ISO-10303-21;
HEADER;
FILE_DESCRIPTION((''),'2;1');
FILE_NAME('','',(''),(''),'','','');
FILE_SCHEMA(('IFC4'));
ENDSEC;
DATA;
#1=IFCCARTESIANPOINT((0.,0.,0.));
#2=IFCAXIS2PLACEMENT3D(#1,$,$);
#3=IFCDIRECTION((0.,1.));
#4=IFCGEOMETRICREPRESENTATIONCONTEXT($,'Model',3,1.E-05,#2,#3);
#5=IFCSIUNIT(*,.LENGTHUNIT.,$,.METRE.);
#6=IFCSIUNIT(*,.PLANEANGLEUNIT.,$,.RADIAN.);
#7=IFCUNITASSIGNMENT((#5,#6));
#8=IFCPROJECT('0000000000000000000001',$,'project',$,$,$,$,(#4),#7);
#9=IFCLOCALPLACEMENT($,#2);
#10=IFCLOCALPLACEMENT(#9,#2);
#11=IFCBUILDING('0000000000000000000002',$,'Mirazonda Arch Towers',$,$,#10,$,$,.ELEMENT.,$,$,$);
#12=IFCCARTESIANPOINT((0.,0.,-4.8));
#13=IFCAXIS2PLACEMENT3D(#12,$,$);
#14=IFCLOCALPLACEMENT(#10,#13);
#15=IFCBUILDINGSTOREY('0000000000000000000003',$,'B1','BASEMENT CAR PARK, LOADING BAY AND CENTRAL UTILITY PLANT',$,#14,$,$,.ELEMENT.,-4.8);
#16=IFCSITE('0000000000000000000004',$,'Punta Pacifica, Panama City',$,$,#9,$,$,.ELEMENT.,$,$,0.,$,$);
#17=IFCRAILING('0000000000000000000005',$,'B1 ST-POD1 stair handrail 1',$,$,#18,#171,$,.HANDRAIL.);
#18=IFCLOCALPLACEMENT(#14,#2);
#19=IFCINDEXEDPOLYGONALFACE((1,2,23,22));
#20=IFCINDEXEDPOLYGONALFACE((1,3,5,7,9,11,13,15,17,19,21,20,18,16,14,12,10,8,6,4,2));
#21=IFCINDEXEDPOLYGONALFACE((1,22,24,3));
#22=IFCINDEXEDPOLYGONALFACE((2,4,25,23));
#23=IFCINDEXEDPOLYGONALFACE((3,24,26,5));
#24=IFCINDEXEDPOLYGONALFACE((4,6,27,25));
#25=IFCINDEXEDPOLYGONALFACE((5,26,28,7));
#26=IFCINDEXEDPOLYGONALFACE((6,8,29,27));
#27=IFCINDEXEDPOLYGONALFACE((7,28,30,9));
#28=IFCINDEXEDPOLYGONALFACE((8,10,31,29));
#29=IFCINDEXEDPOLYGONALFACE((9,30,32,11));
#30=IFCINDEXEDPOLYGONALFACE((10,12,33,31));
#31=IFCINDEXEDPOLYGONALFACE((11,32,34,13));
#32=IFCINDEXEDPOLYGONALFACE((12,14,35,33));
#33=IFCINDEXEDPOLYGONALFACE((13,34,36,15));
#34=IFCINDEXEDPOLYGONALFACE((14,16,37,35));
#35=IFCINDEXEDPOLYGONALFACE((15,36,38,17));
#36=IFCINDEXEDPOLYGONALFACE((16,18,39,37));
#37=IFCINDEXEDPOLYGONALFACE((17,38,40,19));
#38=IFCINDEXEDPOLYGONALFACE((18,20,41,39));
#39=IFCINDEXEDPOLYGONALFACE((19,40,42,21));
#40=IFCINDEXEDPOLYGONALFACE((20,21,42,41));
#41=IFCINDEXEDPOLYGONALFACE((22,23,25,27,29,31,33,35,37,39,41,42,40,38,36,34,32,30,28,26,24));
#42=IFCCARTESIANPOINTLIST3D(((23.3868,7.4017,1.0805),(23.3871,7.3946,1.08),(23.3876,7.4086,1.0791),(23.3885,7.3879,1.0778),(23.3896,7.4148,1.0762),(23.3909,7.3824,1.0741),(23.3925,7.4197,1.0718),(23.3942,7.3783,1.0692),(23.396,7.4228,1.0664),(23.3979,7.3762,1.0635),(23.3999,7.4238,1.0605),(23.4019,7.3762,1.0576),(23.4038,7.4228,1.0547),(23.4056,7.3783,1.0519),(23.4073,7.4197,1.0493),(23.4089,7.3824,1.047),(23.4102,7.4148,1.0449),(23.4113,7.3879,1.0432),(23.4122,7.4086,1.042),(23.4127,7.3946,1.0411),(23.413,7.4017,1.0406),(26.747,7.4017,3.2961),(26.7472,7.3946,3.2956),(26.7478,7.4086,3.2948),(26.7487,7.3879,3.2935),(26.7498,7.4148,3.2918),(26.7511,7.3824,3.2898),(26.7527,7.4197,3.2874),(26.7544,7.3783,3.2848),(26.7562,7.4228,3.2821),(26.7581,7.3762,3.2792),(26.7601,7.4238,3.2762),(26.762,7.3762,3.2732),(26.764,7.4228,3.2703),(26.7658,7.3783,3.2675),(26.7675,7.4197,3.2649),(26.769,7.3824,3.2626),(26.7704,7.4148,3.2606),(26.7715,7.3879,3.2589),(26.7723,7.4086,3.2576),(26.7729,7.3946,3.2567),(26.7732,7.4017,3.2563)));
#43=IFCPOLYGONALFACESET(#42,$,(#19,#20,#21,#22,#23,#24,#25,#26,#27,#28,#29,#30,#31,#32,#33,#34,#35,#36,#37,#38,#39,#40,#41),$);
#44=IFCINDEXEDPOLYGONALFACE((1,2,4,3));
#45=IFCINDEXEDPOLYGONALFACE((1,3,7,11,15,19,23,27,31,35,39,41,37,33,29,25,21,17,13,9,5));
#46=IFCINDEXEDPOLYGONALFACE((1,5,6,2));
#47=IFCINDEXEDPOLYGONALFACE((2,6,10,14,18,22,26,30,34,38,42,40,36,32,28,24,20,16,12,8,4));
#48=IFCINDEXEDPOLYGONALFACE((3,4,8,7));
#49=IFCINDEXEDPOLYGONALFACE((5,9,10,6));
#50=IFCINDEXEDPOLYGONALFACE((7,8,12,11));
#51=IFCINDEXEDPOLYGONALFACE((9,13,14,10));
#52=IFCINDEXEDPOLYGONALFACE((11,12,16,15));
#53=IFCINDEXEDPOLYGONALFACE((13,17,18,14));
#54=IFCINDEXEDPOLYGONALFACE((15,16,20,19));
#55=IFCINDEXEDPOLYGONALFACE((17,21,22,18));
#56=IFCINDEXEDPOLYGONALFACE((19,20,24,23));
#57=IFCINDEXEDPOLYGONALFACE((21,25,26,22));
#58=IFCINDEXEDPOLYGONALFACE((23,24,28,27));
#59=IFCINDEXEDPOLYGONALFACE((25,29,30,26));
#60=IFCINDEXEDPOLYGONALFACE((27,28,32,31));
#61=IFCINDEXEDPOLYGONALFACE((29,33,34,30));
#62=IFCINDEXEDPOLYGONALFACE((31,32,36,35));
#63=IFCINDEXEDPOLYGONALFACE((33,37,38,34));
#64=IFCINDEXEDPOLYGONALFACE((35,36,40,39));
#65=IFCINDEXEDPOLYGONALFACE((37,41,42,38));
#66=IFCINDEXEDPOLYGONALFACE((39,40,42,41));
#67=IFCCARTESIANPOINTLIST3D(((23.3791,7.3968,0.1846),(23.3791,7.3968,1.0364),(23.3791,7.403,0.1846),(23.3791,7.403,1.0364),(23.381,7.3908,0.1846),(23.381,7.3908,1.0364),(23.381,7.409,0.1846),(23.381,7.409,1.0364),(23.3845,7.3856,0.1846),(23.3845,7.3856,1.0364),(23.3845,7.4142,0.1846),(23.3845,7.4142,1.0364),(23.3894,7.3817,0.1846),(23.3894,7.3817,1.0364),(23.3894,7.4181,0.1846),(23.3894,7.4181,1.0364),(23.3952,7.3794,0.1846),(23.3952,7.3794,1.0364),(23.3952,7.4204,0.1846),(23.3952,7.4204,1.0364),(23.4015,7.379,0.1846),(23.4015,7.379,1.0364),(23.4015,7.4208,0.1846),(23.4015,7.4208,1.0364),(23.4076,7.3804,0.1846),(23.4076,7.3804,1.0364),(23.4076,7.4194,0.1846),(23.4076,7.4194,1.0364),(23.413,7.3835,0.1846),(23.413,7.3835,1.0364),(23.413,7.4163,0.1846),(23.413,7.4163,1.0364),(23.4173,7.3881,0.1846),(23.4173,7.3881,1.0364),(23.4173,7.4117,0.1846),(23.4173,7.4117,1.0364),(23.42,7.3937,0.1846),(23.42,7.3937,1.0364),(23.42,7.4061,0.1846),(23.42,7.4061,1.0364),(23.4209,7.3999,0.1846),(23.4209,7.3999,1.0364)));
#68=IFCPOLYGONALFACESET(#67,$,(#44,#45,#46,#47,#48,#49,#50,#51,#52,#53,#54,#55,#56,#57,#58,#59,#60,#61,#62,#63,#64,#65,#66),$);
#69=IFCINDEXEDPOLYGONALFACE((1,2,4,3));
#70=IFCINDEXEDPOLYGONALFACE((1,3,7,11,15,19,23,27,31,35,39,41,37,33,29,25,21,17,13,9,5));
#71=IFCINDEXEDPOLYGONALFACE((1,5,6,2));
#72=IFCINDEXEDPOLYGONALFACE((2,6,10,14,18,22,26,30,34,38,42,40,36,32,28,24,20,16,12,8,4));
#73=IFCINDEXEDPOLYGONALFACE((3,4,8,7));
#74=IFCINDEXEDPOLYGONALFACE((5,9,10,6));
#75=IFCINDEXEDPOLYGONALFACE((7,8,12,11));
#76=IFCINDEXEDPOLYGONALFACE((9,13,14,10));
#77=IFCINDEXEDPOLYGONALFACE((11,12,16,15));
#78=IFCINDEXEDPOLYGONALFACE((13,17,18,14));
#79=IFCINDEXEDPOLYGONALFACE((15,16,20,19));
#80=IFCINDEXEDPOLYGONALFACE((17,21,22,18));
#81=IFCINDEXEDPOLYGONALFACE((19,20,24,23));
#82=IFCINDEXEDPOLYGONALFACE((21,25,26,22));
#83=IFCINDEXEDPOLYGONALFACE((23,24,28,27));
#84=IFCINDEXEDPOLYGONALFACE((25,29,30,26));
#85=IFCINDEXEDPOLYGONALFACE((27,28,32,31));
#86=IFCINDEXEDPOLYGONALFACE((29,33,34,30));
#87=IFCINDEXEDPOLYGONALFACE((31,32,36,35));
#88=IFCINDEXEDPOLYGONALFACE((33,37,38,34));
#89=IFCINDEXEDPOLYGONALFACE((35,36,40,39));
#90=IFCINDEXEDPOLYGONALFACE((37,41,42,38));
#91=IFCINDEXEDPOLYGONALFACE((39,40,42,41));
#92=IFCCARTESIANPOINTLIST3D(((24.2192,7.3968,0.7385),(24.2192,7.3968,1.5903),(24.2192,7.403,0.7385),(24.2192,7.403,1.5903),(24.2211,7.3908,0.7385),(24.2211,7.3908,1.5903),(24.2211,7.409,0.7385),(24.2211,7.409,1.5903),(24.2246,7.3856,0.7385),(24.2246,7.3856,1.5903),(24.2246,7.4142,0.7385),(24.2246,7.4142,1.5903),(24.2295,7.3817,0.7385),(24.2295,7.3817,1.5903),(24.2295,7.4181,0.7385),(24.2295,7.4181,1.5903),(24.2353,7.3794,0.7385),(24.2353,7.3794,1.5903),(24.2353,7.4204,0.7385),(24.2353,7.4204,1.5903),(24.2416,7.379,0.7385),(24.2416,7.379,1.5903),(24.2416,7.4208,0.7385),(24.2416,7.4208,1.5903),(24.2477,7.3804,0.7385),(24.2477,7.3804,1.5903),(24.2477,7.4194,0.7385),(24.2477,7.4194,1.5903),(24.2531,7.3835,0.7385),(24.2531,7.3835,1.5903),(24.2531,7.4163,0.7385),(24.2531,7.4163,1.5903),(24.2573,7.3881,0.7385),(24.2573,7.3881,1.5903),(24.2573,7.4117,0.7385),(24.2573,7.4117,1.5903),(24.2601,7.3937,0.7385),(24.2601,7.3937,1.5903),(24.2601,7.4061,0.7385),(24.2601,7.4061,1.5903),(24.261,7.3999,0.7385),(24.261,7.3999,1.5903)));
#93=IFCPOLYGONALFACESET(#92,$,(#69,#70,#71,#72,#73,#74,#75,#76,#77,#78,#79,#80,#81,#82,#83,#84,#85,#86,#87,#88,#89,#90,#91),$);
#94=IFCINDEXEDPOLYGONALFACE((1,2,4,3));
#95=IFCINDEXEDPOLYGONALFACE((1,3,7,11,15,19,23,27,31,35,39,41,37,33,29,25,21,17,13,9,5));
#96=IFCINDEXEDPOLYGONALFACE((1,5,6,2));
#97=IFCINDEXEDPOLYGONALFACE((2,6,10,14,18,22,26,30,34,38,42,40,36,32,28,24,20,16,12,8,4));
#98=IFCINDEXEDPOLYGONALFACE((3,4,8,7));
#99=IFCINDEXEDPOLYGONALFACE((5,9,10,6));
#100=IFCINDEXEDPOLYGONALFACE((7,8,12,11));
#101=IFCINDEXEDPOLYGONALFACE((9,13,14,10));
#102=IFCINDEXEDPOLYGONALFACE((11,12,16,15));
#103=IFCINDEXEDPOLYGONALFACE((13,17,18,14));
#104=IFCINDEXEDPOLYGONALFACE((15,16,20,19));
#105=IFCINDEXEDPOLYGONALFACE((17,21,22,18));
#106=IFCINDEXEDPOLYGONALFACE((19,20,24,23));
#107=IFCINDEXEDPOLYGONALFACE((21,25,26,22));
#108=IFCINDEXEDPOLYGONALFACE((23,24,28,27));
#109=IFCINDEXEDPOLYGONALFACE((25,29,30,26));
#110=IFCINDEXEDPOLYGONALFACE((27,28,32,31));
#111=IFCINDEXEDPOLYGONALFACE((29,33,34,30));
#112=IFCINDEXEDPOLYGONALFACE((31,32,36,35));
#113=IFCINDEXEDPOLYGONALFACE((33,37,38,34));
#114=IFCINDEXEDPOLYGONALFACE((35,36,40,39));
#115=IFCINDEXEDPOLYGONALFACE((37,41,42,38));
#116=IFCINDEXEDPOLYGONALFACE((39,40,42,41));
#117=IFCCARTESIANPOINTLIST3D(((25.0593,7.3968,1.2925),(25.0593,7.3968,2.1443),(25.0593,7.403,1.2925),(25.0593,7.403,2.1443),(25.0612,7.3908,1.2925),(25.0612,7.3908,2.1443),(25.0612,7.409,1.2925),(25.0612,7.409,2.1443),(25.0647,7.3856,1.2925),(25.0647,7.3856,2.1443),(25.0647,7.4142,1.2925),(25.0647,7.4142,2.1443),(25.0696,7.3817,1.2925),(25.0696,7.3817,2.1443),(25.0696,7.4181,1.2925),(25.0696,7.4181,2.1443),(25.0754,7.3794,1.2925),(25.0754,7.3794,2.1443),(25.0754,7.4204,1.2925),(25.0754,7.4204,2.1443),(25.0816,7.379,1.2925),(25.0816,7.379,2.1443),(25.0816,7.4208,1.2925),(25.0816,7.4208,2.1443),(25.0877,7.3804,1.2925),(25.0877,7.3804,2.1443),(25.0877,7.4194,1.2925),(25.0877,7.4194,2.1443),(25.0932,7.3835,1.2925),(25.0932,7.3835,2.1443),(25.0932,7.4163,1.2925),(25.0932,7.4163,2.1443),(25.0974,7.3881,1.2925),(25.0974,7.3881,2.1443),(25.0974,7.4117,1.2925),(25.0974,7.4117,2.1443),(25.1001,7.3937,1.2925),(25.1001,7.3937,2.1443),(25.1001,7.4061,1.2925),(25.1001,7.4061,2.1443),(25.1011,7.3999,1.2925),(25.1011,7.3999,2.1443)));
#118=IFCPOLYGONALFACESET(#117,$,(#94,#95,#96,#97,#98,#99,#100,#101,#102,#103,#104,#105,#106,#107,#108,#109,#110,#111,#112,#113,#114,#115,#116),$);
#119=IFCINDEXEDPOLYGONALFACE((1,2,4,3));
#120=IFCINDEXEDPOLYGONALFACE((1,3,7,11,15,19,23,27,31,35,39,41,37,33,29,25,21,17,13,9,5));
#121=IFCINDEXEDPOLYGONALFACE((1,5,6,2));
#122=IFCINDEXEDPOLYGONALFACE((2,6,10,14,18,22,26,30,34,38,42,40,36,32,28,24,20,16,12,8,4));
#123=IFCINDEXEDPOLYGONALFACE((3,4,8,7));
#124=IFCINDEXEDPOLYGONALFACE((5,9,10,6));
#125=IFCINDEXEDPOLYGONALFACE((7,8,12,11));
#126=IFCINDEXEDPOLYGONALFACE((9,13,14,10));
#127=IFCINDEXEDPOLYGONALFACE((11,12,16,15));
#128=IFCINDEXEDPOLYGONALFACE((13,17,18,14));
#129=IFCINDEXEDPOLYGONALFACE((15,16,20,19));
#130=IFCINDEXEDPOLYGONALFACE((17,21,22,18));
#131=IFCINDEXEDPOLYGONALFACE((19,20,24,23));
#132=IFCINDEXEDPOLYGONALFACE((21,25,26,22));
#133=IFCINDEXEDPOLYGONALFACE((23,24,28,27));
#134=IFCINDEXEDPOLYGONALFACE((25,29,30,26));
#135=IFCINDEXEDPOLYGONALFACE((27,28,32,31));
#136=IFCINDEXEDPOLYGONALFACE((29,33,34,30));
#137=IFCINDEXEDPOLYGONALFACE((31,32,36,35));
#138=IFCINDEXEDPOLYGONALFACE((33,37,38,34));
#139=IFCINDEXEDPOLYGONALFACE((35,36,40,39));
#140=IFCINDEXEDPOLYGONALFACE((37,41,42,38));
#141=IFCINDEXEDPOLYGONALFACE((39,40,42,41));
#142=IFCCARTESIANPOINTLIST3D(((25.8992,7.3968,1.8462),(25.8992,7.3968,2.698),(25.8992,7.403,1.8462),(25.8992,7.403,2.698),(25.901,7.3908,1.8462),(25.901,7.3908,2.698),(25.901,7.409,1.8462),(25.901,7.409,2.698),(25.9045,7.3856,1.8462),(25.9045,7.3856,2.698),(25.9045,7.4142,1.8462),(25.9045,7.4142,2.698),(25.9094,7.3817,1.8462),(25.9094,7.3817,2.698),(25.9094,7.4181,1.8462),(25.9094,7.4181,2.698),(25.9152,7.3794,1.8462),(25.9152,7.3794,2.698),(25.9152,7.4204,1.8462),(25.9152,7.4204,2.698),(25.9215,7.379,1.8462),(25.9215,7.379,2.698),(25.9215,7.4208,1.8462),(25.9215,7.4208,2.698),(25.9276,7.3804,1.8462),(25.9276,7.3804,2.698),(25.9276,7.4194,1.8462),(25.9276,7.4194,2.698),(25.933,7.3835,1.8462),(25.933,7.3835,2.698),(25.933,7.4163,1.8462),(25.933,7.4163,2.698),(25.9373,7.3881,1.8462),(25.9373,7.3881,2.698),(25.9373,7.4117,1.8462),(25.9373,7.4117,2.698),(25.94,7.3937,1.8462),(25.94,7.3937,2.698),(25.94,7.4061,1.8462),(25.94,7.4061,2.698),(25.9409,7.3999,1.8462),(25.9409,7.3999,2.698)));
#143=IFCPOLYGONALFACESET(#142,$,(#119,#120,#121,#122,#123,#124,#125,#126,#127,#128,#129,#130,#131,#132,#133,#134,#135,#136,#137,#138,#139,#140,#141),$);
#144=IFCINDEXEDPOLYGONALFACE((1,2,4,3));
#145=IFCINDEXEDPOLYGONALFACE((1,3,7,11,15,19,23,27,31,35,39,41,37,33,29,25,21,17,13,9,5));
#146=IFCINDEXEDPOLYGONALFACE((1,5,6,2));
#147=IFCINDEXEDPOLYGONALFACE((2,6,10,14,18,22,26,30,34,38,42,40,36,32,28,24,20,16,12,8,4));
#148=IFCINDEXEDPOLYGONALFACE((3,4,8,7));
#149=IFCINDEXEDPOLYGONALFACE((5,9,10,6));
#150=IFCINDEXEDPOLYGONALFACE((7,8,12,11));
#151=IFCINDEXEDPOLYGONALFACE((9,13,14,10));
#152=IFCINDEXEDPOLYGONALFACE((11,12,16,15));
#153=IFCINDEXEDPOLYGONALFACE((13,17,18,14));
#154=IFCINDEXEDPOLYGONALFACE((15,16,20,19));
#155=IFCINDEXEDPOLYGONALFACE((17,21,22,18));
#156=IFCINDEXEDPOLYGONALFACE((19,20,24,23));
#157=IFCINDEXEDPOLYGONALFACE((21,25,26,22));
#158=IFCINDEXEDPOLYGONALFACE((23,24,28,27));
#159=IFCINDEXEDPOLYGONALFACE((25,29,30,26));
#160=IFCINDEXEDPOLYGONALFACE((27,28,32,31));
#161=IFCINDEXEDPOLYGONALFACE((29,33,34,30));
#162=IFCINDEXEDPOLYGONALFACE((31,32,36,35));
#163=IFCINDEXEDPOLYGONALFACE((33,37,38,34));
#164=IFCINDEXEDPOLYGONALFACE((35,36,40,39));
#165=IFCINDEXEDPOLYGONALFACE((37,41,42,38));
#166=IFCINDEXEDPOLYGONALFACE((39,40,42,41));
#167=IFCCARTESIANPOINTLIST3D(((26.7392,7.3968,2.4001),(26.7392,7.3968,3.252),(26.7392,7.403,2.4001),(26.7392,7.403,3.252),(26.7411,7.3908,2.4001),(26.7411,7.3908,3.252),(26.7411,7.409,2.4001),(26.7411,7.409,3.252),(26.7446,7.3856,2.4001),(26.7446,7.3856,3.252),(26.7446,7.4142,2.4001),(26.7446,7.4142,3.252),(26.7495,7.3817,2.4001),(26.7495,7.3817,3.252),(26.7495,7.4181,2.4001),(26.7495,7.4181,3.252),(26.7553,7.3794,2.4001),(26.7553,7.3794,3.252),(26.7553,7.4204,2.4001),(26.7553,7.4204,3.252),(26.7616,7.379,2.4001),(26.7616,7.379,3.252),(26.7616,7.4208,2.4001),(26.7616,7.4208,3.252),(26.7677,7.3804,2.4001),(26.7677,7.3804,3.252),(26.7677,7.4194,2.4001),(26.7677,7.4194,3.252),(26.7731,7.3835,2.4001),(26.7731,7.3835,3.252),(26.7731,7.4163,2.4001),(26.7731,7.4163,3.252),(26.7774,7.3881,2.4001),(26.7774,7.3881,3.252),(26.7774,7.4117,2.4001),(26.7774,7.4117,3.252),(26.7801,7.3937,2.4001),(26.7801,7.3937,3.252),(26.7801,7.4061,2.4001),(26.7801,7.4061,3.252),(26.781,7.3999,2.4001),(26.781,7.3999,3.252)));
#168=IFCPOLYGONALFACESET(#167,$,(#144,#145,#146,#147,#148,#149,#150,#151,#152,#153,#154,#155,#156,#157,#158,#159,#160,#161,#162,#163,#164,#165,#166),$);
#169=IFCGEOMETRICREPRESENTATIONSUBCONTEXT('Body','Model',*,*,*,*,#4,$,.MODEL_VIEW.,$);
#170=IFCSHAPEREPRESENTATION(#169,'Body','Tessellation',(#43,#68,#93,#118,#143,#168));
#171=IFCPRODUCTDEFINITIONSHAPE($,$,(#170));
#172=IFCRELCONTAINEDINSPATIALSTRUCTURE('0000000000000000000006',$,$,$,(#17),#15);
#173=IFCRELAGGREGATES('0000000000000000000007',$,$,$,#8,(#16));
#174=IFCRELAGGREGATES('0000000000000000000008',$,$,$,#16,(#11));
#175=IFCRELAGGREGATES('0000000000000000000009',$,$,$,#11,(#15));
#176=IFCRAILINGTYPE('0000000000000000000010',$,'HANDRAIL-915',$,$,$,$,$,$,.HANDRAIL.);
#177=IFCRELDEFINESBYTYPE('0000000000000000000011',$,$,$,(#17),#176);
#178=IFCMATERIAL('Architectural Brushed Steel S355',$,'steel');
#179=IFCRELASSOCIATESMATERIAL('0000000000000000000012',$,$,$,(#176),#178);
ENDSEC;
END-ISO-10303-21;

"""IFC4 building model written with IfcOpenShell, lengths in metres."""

from ifc_helpers import new_model, si_unit, direction, frame, origin, origin_2d, place, context, subcontext, project, spatial, circle, extrude, material, type_object, element, save


model = new_model("IFC4")

# Units and contexts
model_context = context("Model", 3, precision=1e-05, world=origin(), true_north=direction((0.0, 1.0)))
body_context = subcontext(model_context, "Body", "Model", "MODEL_VIEW")
ifc_project = project(units=[si_unit("LENGTHUNIT", "METRE"), si_unit("PLANEANGLEUNIT", "RADIAN")], contexts=[model_context])

# Site, building, storey
site_placement = place(None, origin())
site = spatial("IfcSite", under=ifc_project, at=site_placement, Name="Punta Pacifica, Panama City", CompositionType="ELEMENT", RefElevation=0.0)
building_placement = place(site_placement, origin())
building = spatial("IfcBuilding", under=site, at=building_placement, Name="Mirazonda Arch Towers", CompositionType="ELEMENT")
storey_placement = place(building_placement, frame((0.0, 0.0, -4.8)))
storey = spatial("IfcBuildingStorey", under=building, at=storey_placement, Name="B1", Description="BASEMENT CAR PARK, LOADING BAY AND CENTRAL UTILITY PLANT", CompositionType="ELEMENT", Elevation=-4.8)

# Railing
ifc_material_1 = material(Name="Architectural Brushed Steel S355", Category="steel")
railing_type_1 = type_object("IfcRailingType", Name="HANDRAIL-915", PredefinedType="HANDRAIL", material=ifc_material_1)
railing_1_placement = place(storey_placement, frame((23.3999, 7.3999, 0.1846)))
element("IfcRailing", 1, at=railing_1_placement, inside=storey, type_object=railing_type_1, Name="B1 ST-POD1 stair handrail 1", PredefinedType="HANDRAIL", context=body_context, shape_type="SweptSolid", body=[
    extrude(circle(Radius=0.0239, at=origin_2d()), frame((0.0, 0.0, 0.876), z_axis=(0.834849, 0.0, 0.55048), x_axis=(0.0, 1.0, 0.0)), (0.0, 0.0, 1.0), 4.0249),
    extrude(circle(Radius=0.021, at=origin_2d()), origin(), (0.0, 0.0, 1.0), 0.8518),
    extrude(circle(Radius=0.021, at=origin_2d()), frame((0.8401, 0.0, 0.554)), (0.0, 0.0, 1.0), 0.8518),
    extrude(circle(Radius=0.021, at=origin_2d()), frame((1.6802, 0.0, 1.1079)), (0.0, 0.0, 1.0), 0.8518),
    extrude(circle(Radius=0.021, at=origin_2d()), frame((2.52, 0.0, 1.6616)), (0.0, 0.0, 1.0), 0.8518),
    extrude(circle(Radius=0.021, at=origin_2d()), frame((3.3601, 0.0, 2.2156)), (0.0, 0.0, 1.0), 0.8518),
])

save(model, "model.ifc")
